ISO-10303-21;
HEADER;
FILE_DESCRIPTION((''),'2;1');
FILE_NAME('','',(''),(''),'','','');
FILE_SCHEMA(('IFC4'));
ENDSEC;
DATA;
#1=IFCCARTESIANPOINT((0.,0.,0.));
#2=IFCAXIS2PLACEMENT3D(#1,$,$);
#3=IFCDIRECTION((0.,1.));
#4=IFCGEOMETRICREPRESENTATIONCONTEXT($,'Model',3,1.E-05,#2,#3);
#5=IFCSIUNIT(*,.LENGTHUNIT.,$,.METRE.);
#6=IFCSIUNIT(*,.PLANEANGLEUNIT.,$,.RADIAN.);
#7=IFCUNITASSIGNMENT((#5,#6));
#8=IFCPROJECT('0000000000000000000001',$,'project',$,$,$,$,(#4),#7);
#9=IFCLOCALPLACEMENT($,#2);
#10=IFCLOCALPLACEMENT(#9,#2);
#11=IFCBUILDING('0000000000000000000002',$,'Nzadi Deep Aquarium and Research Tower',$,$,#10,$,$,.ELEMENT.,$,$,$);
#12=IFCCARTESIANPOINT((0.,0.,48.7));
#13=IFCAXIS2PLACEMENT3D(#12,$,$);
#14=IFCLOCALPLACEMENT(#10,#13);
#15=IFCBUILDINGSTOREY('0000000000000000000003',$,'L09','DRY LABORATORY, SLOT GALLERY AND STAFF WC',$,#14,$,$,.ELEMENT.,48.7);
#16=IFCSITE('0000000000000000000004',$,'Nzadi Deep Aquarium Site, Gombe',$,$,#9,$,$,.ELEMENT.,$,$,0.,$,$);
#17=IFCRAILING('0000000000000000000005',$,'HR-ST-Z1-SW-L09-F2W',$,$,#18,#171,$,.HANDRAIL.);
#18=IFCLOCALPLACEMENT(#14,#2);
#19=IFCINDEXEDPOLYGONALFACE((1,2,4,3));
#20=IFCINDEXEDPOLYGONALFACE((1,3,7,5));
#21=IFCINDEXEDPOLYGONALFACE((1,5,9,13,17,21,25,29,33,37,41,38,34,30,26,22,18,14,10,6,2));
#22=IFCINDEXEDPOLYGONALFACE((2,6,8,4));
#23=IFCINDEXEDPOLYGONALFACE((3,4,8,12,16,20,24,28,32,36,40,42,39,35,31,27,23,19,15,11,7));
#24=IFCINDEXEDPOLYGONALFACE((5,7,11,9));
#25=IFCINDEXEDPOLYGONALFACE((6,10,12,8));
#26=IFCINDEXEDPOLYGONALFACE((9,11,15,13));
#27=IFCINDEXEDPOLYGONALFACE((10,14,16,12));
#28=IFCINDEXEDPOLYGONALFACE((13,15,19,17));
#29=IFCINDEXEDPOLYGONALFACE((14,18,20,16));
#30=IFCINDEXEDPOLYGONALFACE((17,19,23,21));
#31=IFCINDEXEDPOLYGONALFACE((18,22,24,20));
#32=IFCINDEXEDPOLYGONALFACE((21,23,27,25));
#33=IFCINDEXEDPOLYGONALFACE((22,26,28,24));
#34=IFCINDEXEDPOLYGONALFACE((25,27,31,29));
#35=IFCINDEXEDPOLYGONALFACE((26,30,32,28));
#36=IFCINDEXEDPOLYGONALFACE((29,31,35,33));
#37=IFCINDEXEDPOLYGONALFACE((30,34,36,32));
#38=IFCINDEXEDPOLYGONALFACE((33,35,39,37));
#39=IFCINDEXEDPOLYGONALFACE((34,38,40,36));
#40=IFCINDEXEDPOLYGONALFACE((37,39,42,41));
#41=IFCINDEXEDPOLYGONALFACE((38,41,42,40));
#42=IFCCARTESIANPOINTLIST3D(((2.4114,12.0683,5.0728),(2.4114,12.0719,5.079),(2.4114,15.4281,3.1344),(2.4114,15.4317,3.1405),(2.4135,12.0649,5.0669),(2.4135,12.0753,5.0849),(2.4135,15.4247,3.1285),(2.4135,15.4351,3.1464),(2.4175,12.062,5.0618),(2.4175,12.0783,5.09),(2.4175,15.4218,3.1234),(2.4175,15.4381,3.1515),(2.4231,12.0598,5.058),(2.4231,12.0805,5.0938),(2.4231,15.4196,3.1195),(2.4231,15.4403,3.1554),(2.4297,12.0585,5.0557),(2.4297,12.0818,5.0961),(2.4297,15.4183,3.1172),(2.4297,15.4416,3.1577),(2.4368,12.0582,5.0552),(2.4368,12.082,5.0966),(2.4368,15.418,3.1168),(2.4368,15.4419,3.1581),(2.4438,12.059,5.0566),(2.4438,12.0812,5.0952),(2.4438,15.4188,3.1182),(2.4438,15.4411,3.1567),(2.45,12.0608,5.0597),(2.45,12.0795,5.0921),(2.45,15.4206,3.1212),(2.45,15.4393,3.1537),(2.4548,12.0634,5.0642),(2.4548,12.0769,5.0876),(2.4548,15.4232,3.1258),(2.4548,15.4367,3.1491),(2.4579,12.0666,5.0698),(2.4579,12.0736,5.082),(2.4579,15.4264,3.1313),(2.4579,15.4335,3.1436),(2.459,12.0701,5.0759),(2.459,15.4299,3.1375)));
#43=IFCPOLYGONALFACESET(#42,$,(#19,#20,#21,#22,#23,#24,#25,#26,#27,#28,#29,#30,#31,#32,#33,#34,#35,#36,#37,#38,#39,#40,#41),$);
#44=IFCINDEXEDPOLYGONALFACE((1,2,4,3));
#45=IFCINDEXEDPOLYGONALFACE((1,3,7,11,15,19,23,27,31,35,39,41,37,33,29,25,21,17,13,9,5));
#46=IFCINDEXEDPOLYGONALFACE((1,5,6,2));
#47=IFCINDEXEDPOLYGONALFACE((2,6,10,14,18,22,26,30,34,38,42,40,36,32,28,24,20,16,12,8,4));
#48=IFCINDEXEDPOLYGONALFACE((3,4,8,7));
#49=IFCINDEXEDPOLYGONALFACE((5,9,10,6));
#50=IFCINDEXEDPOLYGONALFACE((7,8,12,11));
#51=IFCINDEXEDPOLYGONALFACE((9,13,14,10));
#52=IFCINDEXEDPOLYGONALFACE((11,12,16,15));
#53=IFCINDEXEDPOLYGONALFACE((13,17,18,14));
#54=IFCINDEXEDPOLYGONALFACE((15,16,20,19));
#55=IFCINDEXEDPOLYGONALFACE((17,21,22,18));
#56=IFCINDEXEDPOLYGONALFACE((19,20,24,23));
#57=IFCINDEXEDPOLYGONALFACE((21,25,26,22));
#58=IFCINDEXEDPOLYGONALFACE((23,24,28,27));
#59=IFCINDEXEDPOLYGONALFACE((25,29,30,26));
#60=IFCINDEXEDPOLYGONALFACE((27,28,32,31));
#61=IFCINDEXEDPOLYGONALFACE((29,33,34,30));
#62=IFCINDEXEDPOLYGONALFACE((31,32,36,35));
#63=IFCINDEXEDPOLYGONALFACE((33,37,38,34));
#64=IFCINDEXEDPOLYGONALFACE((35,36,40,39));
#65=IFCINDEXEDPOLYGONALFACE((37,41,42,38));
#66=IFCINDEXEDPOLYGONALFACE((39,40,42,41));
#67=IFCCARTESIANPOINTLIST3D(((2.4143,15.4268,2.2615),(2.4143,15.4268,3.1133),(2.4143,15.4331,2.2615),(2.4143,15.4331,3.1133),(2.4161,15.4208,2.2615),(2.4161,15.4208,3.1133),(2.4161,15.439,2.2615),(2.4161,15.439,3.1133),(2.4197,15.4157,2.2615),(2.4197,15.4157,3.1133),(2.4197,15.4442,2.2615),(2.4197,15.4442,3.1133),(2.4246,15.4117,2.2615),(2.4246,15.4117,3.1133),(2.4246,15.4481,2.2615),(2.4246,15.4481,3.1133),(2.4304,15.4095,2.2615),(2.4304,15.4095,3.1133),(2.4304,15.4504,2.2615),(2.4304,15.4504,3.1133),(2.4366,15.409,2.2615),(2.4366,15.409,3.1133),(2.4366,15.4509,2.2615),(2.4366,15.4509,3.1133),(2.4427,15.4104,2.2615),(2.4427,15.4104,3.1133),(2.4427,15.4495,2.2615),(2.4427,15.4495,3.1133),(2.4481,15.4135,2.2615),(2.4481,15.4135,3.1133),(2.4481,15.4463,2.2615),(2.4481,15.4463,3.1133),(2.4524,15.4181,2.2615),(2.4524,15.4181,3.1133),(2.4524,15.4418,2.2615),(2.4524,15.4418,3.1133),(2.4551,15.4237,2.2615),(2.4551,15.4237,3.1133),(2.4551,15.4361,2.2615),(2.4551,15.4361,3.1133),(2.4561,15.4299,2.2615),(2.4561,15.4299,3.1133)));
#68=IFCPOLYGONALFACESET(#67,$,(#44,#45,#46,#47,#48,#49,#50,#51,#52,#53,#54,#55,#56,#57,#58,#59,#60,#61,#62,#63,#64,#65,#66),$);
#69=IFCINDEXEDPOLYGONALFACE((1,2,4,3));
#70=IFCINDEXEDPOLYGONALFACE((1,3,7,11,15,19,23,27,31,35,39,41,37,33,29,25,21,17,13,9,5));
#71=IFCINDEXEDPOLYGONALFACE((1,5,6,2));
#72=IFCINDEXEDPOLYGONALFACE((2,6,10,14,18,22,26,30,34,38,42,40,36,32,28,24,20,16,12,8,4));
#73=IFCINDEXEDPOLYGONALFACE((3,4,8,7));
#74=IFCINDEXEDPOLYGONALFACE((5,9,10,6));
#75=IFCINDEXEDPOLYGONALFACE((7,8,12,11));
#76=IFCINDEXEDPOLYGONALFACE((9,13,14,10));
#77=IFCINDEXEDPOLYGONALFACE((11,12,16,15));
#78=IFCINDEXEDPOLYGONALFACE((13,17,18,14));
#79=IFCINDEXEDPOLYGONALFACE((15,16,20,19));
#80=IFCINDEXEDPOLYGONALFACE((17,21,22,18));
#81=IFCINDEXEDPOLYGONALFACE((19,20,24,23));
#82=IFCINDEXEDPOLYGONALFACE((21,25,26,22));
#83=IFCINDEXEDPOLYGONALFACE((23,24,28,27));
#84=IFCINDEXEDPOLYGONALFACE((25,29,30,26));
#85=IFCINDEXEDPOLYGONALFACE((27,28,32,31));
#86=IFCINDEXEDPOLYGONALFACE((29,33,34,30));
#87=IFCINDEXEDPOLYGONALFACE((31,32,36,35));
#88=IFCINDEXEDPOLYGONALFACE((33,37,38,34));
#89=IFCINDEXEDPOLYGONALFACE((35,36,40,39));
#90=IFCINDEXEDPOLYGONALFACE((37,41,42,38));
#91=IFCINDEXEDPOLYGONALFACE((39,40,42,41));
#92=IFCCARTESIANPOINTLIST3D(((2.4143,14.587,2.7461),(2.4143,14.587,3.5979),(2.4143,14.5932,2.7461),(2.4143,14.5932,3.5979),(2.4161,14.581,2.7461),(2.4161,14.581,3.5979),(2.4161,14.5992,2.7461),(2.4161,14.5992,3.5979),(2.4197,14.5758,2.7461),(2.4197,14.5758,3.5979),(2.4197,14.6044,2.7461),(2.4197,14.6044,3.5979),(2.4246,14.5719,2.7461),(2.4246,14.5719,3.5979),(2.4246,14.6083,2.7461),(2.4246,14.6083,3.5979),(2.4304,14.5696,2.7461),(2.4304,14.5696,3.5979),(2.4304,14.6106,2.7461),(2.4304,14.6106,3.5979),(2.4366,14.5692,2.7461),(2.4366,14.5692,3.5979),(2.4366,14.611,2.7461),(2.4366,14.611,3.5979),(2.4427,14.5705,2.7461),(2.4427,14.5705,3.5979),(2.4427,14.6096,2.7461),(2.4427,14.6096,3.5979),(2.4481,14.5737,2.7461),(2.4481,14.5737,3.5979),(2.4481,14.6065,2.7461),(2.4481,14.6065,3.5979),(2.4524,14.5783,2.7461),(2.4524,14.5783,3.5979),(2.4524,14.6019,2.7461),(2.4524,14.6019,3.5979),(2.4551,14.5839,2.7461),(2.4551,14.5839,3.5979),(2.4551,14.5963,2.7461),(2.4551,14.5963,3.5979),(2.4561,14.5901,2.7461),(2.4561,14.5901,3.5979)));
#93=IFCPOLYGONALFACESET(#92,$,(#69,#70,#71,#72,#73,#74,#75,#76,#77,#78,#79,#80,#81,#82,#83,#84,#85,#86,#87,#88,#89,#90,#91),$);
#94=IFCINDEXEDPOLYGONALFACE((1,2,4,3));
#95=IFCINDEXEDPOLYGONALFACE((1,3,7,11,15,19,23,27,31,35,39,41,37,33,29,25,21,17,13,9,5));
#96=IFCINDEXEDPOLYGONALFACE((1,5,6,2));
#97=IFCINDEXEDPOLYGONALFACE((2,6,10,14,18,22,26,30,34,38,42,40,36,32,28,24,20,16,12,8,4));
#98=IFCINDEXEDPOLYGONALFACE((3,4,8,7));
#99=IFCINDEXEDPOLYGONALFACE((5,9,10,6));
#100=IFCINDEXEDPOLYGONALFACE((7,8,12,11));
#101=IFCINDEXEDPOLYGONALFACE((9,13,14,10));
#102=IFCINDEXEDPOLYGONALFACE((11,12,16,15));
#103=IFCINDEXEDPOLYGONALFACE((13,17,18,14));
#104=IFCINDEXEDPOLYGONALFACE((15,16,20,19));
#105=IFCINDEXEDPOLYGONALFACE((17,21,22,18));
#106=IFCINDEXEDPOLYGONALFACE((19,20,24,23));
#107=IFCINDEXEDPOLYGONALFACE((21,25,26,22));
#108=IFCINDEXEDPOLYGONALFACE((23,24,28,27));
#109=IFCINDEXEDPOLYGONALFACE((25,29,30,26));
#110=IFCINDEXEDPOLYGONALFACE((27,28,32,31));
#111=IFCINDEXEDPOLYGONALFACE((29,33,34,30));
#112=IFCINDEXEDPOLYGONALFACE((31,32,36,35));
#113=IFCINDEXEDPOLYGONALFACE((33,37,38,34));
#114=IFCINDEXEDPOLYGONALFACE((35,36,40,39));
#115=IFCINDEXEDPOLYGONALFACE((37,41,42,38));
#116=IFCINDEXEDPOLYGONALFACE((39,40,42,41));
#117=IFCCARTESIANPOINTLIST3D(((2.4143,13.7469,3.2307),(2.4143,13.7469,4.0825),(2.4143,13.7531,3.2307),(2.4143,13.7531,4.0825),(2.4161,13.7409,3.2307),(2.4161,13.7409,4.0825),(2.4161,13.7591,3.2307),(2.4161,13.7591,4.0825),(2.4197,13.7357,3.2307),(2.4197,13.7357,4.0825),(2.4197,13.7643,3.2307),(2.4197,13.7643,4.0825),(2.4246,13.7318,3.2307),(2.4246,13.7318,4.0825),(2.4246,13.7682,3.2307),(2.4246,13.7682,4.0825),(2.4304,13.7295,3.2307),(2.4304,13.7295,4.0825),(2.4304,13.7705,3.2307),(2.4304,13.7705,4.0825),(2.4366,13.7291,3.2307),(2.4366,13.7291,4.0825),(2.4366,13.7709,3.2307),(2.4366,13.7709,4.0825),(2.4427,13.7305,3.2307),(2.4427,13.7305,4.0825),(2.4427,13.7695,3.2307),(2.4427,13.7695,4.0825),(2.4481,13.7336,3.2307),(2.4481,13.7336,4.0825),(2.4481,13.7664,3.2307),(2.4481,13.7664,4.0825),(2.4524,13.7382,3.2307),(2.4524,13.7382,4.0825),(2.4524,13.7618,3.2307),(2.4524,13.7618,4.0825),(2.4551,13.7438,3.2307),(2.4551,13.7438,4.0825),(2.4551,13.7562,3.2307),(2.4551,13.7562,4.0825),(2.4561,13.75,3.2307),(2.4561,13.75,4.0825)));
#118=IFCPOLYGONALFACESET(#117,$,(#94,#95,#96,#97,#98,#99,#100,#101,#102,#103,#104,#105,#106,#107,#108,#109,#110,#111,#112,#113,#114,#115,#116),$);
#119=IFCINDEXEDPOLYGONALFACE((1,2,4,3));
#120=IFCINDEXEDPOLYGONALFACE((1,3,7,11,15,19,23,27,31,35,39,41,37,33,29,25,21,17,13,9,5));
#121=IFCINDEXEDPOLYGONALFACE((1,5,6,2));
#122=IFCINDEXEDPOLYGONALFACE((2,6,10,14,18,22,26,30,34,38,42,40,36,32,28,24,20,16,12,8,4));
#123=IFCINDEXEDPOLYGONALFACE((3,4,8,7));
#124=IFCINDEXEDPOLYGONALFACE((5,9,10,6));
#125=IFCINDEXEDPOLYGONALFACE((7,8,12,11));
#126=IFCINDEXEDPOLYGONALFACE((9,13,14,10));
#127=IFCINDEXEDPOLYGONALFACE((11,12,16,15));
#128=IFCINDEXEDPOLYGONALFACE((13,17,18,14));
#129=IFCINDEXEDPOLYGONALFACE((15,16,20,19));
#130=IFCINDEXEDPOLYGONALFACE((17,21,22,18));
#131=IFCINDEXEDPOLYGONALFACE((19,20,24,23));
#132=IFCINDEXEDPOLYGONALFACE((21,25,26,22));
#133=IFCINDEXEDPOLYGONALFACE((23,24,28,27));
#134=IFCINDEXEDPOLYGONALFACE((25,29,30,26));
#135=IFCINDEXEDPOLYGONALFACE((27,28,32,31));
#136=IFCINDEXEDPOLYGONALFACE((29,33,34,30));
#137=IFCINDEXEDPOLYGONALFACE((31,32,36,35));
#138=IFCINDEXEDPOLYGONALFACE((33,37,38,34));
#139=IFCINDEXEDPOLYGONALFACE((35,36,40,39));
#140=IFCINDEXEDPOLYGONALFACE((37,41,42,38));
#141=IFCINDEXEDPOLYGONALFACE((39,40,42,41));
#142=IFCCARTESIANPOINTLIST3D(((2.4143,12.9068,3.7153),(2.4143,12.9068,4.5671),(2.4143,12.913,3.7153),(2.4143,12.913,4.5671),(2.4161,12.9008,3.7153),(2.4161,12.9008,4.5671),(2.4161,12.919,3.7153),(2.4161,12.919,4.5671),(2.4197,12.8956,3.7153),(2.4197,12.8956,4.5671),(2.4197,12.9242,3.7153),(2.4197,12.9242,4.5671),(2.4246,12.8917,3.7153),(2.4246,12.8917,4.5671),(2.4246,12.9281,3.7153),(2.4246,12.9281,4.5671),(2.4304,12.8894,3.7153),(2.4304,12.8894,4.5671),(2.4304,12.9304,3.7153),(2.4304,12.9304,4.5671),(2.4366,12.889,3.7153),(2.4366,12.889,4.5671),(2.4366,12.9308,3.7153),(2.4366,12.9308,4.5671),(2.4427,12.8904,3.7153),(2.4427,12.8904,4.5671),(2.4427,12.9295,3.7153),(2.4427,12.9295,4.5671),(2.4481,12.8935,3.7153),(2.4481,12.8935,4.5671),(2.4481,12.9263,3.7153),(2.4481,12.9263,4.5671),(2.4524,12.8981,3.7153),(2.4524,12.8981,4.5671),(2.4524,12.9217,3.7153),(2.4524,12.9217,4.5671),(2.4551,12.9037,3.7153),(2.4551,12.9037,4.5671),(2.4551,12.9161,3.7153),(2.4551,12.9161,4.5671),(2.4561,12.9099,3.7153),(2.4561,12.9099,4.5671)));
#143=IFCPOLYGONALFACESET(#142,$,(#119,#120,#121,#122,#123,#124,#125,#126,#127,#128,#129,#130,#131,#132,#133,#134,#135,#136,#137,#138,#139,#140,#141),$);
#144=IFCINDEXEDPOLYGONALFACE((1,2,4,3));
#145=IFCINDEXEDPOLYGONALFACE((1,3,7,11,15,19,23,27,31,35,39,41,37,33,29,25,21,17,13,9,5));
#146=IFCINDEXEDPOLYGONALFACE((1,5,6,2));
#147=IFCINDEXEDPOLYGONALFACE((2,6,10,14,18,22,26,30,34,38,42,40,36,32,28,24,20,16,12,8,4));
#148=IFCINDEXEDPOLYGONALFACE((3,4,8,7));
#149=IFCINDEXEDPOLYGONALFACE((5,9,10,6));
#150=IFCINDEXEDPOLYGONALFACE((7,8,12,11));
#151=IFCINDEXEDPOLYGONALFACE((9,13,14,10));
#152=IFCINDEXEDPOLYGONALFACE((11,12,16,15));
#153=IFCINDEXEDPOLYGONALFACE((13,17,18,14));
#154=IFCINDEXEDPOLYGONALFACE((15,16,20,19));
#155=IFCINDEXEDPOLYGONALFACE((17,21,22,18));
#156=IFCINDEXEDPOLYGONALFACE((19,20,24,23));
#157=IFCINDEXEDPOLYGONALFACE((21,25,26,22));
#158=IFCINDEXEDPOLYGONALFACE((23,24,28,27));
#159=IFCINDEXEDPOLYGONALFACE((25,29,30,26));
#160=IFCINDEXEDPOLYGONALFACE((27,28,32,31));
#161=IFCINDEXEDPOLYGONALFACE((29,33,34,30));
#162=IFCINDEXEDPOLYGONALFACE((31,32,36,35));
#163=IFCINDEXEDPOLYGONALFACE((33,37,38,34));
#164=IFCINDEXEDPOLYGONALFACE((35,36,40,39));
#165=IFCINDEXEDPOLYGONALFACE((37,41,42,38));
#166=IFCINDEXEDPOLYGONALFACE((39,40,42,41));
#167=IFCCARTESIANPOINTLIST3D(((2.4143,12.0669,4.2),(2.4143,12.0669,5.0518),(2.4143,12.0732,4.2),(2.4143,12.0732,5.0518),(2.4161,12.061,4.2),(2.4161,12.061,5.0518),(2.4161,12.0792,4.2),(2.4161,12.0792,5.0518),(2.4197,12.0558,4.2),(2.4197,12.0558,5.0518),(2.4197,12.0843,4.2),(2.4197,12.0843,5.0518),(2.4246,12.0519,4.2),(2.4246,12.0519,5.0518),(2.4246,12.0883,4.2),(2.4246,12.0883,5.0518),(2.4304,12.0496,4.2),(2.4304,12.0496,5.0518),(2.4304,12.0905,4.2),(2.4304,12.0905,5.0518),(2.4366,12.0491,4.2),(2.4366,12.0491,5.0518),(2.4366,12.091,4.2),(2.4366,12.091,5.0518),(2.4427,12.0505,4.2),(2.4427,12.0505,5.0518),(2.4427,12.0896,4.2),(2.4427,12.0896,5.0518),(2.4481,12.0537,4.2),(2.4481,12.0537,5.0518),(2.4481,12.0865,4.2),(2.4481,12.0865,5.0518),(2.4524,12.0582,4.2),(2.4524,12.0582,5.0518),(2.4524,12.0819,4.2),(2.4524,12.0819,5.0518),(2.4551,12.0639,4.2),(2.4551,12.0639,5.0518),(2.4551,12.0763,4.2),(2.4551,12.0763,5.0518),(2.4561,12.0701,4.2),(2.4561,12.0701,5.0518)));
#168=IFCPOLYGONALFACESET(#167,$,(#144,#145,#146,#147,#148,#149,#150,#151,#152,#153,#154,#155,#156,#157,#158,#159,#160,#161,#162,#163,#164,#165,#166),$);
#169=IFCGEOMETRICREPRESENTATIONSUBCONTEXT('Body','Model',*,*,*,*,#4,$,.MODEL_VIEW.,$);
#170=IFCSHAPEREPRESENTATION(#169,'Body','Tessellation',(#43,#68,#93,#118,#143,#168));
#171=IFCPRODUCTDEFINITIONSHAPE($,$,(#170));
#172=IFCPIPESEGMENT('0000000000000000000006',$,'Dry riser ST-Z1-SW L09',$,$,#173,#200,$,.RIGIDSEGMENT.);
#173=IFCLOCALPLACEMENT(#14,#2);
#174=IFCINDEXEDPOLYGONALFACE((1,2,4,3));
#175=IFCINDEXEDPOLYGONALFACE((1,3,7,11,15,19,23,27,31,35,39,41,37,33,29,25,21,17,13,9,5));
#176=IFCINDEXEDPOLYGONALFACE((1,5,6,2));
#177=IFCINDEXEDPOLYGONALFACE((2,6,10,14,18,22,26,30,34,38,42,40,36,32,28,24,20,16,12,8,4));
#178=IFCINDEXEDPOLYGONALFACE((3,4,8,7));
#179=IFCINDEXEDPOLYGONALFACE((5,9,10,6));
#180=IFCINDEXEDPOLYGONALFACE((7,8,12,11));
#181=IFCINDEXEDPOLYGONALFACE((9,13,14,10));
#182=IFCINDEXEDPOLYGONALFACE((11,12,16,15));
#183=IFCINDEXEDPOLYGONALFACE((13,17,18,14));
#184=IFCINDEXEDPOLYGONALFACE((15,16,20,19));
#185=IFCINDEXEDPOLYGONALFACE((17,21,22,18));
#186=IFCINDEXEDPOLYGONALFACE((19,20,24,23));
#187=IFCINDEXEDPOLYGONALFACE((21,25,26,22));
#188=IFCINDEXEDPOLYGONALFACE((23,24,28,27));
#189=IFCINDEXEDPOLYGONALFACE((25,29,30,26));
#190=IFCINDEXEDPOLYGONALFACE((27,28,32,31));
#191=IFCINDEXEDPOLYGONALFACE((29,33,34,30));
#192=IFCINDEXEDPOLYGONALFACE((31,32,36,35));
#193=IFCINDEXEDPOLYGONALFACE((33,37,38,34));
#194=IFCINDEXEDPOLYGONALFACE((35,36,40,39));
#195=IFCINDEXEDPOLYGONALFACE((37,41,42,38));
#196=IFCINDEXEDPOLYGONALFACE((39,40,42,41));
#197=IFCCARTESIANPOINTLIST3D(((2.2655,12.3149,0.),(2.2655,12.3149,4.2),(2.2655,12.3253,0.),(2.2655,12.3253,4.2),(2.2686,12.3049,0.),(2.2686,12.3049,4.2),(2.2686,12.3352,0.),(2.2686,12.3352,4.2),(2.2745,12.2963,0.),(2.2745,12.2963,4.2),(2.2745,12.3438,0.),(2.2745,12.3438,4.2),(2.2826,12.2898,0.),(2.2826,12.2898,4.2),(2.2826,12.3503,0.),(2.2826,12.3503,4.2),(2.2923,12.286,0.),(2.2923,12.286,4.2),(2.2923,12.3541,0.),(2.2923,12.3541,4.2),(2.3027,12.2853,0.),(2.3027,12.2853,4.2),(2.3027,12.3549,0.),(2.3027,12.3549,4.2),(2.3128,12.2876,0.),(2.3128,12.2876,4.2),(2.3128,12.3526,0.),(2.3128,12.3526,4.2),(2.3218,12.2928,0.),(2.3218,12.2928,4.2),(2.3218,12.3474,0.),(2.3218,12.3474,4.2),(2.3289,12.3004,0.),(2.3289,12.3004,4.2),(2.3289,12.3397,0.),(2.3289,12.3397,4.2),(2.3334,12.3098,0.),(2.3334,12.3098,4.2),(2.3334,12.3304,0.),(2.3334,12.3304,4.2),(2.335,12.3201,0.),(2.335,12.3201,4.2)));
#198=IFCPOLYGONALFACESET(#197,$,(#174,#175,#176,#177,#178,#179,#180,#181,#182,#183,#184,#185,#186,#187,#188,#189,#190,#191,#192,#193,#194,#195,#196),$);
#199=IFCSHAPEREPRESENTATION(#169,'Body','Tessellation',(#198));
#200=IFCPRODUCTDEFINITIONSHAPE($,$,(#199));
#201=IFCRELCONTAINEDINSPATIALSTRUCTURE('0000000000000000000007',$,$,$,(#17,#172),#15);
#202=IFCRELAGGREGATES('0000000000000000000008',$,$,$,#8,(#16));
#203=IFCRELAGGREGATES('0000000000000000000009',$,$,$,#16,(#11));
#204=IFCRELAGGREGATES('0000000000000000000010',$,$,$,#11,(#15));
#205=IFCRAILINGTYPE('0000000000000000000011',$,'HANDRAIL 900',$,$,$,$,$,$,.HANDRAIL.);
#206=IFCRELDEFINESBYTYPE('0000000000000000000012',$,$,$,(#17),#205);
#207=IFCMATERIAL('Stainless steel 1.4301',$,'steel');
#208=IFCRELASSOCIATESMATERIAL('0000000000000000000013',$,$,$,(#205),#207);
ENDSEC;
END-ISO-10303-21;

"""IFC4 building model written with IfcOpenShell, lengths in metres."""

from ifc_helpers import new_model, si_unit, direction, frame, origin, origin_2d, place, context, subcontext, project, spatial, circle, extrude, material, type_object, element, save


model = new_model("IFC4")

# Units and contexts
model_context = context("Model", 3, precision=1e-05, world=origin(), true_north=direction((0.0, 1.0)))
body_context = subcontext(model_context, "Body", "Model", "MODEL_VIEW")
ifc_project = project(units=[si_unit("LENGTHUNIT", "METRE"), si_unit("PLANEANGLEUNIT", "RADIAN")], contexts=[model_context])

# Site, building, storey
site_placement = place(None, origin())
site = spatial("IfcSite", under=ifc_project, at=site_placement, Name="Nzadi Deep Aquarium Site, Gombe", CompositionType="ELEMENT", RefElevation=0.0)
building_placement = place(site_placement, origin())
building = spatial("IfcBuilding", under=site, at=building_placement, Name="Nzadi Deep Aquarium and Research Tower", CompositionType="ELEMENT")
storey_placement = place(building_placement, frame((0.0, 0.0, 48.7)))
storey = spatial("IfcBuildingStorey", under=building, at=storey_placement, Name="L09", Description="DRY LABORATORY, SLOT GALLERY AND STAFF WC", CompositionType="ELEMENT", Elevation=48.7)

# Railing
ifc_material_1 = material(Name="Stainless steel 1.4301", Category="steel")
railing_type = type_object("IfcRailingType", Name="HANDRAIL 900", PredefinedType="HANDRAIL", material=ifc_material_1)
railing_placement = place(storey_placement, frame((2.4351, 15.4299, 2.2615)))
element("IfcRailing", 1, at=railing_placement, inside=storey, type_object=railing_type, Name="HR-ST-Z1-SW-L09-F2W", PredefinedType="HANDRAIL", context=body_context, shape_type="SweptSolid", body=[
    extrude(circle(Radius=0.0239, at=origin_2d()), frame((0.0, 0.0, 0.876), z_axis=(0.0, -0.866175, 0.499741), x_axis=(1.0, 0.0, 0.0)), (0.0, 0.0, 1.0), 3.8789),
    extrude(circle(Radius=0.021, at=origin_2d()), origin(), (0.0, 0.0, 1.0), 0.8518),
    extrude(circle(Radius=0.021, at=origin_2d()), frame((0.0, -0.8398, 0.4846)), (0.0, 0.0, 1.0), 0.8518),
    extrude(circle(Radius=0.021, at=origin_2d()), frame((0.0, -1.6799, 0.9692)), (0.0, 0.0, 1.0), 0.8518),
    extrude(circle(Radius=0.021, at=origin_2d()), frame((0.0, -2.52, 1.4539)), (0.0, 0.0, 1.0), 0.8518),
    extrude(circle(Radius=0.021, at=origin_2d()), frame((0.0, -3.3599, 1.9385)), (0.0, 0.0, 1.0), 0.8518),
])

# Pipe segment
pipe_segment_placement = place(storey_placement, frame((2.3, 12.3201, 0.0), z_axis=(0.0, 0.0, 1.0), x_axis=(1.0, 0.0, 0.0)))
element("IfcPipeSegment", 2, at=pipe_segment_placement, inside=storey, Name="Dry riser ST-Z1-SW L09", PredefinedType="RIGIDSEGMENT", context=body_context, shape_type="SweptSolid", body=[
    extrude(circle(Radius=0.0349, at=origin_2d()), origin(), (0.0, 0.0, 1.0), 4.2),
])

save(model, "model.ifc")
